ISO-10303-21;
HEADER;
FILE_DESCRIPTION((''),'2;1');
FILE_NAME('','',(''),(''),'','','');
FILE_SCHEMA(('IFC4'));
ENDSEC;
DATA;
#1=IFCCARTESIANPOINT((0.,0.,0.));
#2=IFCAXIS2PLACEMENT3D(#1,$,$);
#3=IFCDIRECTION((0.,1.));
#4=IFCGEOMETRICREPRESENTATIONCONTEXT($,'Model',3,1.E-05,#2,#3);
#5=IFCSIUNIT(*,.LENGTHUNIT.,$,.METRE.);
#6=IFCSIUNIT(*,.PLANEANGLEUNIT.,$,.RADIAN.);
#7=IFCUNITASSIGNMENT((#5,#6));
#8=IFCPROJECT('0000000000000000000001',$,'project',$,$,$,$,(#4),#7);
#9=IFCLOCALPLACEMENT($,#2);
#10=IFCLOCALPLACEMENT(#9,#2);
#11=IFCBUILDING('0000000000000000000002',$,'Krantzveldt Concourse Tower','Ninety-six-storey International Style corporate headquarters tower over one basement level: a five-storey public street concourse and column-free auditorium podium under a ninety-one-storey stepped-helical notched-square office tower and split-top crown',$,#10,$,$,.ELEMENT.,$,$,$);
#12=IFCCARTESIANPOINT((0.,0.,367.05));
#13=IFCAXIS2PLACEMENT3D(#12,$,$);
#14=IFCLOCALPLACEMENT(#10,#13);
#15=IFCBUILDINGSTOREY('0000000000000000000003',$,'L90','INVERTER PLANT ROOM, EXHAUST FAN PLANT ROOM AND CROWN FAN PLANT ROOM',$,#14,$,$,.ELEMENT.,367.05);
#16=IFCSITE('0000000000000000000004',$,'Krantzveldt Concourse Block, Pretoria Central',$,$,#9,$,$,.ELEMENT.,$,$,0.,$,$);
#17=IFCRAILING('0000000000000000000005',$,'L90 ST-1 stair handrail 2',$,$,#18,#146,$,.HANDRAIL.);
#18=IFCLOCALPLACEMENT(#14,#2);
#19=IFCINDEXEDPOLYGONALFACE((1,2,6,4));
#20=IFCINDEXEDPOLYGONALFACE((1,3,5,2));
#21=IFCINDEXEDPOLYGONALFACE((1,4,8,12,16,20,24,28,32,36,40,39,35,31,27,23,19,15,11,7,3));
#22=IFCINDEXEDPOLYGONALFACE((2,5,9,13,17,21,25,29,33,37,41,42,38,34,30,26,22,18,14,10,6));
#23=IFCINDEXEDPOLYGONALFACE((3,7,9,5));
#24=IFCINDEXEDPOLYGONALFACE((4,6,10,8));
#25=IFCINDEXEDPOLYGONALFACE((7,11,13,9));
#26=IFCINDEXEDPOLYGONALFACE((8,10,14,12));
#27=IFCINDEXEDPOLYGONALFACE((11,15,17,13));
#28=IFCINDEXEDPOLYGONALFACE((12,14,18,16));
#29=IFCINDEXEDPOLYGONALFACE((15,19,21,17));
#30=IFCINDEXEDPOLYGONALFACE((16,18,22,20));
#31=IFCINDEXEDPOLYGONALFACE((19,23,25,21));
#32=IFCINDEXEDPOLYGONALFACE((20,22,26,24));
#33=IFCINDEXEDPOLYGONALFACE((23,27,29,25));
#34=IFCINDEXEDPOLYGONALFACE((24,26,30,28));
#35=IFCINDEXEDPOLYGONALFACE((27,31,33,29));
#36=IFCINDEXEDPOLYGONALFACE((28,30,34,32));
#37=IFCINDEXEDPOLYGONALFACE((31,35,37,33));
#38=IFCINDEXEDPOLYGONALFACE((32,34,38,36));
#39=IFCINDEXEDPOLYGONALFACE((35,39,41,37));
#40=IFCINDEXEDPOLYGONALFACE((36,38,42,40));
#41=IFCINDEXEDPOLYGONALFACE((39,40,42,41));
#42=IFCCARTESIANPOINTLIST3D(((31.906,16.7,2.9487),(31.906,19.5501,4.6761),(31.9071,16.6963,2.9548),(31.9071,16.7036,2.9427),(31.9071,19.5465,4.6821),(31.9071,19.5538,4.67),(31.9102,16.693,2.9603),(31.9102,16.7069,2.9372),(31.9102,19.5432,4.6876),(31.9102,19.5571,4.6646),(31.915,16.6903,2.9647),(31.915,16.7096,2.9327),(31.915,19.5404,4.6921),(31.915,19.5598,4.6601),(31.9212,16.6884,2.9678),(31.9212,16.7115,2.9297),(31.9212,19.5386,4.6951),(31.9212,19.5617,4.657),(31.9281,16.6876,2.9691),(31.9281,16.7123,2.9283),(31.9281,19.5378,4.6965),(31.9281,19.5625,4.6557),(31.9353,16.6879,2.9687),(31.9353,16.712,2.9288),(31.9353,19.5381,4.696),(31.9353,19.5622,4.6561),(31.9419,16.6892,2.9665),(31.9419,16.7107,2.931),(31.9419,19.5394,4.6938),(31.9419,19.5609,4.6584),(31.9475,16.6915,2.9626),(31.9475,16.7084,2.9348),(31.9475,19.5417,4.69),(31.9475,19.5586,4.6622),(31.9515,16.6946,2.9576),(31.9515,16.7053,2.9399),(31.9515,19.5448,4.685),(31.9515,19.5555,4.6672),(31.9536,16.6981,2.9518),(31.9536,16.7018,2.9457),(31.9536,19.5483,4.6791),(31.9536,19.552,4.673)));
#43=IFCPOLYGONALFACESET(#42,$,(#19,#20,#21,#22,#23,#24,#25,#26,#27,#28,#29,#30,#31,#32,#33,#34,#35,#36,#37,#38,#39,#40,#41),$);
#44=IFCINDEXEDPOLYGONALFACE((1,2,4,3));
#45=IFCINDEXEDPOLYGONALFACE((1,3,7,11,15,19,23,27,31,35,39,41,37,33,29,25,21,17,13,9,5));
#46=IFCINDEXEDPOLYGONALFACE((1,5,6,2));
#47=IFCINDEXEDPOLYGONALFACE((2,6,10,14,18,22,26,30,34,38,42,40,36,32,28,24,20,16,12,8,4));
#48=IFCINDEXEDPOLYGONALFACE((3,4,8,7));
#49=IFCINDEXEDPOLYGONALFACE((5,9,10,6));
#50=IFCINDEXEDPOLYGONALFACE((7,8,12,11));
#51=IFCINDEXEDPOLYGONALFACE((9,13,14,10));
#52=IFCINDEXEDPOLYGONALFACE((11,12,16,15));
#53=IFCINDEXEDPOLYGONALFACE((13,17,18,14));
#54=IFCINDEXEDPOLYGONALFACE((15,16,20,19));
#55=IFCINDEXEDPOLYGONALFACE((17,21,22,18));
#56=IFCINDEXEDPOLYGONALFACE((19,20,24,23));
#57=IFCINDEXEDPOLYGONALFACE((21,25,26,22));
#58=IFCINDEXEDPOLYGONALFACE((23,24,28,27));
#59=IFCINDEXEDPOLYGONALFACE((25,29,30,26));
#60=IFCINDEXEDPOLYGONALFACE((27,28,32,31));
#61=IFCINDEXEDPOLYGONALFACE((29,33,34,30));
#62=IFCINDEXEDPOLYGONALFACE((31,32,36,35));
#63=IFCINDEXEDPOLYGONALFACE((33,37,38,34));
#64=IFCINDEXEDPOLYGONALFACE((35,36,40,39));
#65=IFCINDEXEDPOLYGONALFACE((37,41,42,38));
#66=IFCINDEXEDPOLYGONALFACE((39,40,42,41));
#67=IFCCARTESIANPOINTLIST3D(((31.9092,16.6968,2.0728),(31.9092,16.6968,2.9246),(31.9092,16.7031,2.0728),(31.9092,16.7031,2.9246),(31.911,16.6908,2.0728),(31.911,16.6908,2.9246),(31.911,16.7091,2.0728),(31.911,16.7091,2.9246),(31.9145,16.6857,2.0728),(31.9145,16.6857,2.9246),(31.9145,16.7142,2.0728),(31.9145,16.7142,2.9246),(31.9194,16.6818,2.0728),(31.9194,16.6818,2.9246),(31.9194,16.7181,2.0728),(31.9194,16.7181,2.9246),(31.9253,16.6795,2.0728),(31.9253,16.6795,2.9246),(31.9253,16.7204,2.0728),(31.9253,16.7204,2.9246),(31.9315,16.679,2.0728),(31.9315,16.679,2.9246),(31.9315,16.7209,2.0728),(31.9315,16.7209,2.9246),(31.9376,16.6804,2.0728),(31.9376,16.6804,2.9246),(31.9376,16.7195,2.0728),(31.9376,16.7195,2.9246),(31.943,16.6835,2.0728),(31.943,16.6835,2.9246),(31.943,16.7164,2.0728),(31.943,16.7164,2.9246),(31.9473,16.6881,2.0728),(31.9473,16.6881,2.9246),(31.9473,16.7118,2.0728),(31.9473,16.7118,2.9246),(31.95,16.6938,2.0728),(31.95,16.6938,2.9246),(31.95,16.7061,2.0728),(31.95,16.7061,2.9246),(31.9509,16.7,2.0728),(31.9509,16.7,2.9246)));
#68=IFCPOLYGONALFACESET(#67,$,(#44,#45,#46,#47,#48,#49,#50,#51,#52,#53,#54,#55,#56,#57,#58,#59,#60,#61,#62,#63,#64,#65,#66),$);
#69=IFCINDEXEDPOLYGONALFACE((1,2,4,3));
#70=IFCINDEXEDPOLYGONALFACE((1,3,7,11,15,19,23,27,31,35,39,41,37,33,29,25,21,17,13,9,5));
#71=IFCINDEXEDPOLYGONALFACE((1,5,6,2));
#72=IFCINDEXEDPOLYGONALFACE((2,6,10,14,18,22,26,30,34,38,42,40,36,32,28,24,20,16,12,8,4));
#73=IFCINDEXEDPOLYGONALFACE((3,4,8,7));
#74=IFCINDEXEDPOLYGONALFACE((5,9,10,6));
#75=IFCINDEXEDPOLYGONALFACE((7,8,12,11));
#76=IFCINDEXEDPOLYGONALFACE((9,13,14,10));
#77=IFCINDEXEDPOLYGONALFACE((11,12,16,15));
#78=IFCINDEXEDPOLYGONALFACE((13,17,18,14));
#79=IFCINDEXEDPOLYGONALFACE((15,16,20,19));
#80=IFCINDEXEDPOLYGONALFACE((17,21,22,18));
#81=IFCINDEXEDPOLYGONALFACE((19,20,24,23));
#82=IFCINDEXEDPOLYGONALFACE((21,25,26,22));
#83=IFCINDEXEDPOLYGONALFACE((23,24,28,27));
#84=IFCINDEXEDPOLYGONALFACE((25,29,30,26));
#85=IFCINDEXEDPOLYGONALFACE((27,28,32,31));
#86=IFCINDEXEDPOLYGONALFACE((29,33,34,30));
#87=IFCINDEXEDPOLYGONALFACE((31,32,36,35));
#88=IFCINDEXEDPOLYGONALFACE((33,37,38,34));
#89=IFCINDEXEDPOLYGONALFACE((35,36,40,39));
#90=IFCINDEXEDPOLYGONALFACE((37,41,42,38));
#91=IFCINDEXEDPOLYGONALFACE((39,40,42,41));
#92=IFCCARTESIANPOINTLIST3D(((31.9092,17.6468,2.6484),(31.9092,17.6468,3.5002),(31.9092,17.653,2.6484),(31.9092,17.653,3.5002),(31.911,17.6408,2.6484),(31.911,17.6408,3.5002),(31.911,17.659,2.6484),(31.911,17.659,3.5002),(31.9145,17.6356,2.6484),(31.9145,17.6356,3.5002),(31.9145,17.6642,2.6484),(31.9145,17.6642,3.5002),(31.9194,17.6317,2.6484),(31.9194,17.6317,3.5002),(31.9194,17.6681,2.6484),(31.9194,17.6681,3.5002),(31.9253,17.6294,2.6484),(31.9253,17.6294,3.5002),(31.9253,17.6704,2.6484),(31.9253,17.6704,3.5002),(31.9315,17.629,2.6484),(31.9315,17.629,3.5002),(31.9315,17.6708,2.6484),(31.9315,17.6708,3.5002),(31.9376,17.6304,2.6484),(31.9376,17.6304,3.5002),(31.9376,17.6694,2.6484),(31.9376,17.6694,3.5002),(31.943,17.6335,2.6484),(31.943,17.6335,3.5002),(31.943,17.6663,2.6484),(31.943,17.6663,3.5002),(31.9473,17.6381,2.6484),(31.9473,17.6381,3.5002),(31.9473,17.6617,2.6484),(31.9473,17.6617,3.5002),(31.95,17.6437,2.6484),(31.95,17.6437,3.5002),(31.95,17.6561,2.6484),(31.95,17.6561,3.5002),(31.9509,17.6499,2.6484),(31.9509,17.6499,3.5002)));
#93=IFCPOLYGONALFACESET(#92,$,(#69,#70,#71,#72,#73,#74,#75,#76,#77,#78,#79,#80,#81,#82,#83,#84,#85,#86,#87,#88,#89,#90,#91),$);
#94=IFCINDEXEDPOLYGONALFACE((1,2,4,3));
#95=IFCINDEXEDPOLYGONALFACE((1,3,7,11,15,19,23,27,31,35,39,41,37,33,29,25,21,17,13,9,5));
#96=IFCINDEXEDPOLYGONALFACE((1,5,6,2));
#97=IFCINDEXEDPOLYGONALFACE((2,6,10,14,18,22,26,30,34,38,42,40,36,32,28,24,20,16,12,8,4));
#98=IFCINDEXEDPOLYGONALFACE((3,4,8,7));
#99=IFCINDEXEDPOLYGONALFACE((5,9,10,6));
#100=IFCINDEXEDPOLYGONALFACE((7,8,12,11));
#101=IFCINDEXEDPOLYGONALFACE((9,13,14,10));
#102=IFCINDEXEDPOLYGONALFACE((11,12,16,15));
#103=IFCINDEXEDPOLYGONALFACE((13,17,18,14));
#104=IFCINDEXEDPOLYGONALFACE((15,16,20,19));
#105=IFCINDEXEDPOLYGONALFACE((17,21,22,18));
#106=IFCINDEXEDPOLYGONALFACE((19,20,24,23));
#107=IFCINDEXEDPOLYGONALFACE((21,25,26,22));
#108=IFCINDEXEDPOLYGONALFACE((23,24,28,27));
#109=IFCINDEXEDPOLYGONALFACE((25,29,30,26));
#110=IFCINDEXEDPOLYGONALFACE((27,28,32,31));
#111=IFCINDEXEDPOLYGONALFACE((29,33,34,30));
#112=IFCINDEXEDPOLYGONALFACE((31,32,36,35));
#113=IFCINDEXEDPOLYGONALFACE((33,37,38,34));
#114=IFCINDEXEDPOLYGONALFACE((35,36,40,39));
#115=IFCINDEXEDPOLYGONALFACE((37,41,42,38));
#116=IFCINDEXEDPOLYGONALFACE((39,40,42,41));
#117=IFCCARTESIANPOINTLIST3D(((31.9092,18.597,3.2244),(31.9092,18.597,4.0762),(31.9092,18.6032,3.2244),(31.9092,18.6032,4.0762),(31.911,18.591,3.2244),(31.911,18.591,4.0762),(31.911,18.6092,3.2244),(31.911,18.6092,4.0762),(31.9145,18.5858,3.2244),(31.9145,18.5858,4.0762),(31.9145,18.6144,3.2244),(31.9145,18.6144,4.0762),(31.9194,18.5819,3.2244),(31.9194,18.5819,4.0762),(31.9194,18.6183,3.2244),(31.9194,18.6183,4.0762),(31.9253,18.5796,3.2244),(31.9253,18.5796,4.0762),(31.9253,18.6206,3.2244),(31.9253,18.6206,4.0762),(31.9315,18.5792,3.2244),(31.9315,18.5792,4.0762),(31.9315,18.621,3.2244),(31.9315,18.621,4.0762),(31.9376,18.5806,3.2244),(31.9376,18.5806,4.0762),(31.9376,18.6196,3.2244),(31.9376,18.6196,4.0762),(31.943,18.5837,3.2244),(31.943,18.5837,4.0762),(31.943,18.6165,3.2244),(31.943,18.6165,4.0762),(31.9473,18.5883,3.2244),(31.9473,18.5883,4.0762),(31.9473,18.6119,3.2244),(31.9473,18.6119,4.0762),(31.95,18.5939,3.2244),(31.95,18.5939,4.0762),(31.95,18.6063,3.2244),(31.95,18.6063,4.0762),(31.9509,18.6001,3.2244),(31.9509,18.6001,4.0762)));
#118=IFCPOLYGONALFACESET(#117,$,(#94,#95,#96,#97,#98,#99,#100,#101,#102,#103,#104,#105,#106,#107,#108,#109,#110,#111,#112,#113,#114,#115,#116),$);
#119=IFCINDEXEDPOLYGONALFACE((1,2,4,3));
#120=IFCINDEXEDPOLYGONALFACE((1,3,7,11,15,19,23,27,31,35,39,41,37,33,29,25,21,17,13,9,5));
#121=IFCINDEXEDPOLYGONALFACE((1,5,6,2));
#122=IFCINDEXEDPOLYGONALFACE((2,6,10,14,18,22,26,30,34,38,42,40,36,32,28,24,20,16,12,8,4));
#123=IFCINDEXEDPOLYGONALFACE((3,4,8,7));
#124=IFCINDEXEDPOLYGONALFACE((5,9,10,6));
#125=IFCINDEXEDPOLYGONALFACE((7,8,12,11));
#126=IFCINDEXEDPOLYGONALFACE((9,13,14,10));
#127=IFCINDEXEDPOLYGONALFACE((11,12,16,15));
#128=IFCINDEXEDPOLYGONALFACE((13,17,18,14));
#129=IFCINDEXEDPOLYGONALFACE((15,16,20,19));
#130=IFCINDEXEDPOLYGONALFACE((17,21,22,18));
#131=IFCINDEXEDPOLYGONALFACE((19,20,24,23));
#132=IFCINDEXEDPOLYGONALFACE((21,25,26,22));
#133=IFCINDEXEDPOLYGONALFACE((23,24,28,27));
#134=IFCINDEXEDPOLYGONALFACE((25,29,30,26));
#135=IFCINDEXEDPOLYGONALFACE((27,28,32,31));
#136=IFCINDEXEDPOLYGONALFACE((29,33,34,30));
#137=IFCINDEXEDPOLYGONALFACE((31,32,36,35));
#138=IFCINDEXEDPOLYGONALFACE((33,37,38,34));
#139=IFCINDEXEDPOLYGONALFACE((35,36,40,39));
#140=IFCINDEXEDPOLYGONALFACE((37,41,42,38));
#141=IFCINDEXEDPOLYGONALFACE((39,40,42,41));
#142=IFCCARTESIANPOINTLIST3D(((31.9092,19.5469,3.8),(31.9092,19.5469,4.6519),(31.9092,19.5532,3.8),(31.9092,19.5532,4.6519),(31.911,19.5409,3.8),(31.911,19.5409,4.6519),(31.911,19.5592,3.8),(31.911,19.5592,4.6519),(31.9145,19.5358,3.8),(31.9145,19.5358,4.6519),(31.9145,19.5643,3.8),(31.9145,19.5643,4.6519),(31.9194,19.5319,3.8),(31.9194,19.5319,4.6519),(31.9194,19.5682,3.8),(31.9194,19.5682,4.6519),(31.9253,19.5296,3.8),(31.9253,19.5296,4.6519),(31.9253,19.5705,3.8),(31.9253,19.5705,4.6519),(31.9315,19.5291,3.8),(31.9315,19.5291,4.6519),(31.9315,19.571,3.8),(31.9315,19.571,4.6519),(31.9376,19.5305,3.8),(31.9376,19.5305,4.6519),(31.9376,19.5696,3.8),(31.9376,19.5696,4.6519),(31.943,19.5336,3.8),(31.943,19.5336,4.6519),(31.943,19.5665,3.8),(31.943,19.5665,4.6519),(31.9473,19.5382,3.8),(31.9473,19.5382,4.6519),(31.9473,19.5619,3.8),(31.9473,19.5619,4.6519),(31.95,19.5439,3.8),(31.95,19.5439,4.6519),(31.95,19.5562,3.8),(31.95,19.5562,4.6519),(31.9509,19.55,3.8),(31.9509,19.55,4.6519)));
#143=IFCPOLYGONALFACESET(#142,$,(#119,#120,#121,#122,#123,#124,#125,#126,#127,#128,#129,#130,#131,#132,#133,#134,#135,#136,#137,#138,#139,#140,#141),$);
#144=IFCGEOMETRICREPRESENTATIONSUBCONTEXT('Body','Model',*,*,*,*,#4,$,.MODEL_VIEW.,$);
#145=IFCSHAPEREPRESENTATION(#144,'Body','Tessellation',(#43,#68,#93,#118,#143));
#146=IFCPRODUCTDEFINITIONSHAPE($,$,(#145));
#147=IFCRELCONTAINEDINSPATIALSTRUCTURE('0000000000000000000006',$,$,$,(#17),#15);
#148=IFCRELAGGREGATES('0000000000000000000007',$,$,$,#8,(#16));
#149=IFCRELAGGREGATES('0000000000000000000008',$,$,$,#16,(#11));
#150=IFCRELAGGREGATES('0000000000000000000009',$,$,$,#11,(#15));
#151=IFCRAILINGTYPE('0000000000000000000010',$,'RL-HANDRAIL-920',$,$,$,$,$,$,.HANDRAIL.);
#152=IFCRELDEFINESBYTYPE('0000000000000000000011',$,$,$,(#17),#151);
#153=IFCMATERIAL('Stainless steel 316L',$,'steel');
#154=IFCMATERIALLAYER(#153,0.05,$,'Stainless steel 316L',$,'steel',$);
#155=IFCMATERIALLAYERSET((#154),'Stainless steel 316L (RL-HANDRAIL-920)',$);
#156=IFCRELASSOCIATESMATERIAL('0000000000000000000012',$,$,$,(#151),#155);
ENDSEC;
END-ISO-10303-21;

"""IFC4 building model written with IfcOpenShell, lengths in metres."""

from ifc_helpers import new_model, si_unit, direction, frame, origin, origin_2d, place, context, subcontext, project, spatial, circle, extrude, material, layer, layer_set, type_object, element, save


model = new_model("IFC4")

# Units and contexts
model_context = context("Model", 3, precision=1e-05, world=origin(), true_north=direction((0.0, 1.0)))
body_context = subcontext(model_context, "Body", "Model", "MODEL_VIEW")
ifc_project = project(units=[si_unit("LENGTHUNIT", "METRE"), si_unit("PLANEANGLEUNIT", "RADIAN")], contexts=[model_context])

# Site, building, storey
site_placement = place(None, origin())
site = spatial("IfcSite", under=ifc_project, at=site_placement, Name="Krantzveldt Concourse Block, Pretoria Central", CompositionType="ELEMENT", RefElevation=0.0)
building_placement = place(site_placement, origin())
building = spatial("IfcBuilding", under=site, at=building_placement, Name="Krantzveldt Concourse Tower", Description="Ninety-six-storey International Style corporate headquarters tower over one basement level: a five-storey public street concourse and column-free auditorium podium under a ninety-one-storey stepped-helical notched-square office tower and split-top crown", CompositionType="ELEMENT")
storey_placement = place(building_placement, frame((0.0, 0.0, 367.05)))
storey = spatial("IfcBuildingStorey", under=building, at=storey_placement, Name="L90", Description="INVERTER PLANT ROOM, EXHAUST FAN PLANT ROOM AND CROWN FAN PLANT ROOM", CompositionType="ELEMENT", Elevation=367.05)

# Shared definitions
ifc_material_1 = material(Name="Stainless steel 316L", Category="steel")

# Railing
ifc_layer_1 = layer(ifc_material_1, 0.05, Name="Stainless steel 316L", Category="steel")
ifc_layer_set_1 = layer_set([ifc_layer_1], Name="Stainless steel 316L (RL-HANDRAIL-920)")
railing_type_1 = type_object("IfcRailingType", Name="RL-HANDRAIL-920", PredefinedType="HANDRAIL", material=ifc_layer_set_1)
railing_1_placement = place(storey_placement, frame((31.9299, 16.7, 2.0728)))
element("IfcRailing", 1, at=railing_1_placement, inside=storey, type_object=railing_type_1, Name="L90 ST-1 stair handrail 2", PredefinedType="HANDRAIL", context=body_context, shape_type="SweptSolid", body=[
    extrude(circle(Radius=0.0239, at=origin_2d()), frame((0.0, 0.0, 0.876), z_axis=(0.0, 0.855203, 0.518294), x_axis=(-1.0, 0.0, 0.0)), (0.0, 0.0, 1.0), 3.3328),
    extrude(circle(Radius=0.021, at=origin_2d()), origin(), (0.0, 0.0, 1.0), 0.8518),
    extrude(circle(Radius=0.021, at=origin_2d()), frame((0.0, 0.95, 0.5757)), (0.0, 0.0, 1.0), 0.8518),
    extrude(circle(Radius=0.021, at=origin_2d()), frame((0.0, 1.9001, 1.1516)), (0.0, 0.0, 1.0), 0.8518),
    extrude(circle(Radius=0.021, at=origin_2d()), frame((0.0, 2.8501, 1.7273)), (0.0, 0.0, 1.0), 0.8518),
])

save(model, "model.ifc")
